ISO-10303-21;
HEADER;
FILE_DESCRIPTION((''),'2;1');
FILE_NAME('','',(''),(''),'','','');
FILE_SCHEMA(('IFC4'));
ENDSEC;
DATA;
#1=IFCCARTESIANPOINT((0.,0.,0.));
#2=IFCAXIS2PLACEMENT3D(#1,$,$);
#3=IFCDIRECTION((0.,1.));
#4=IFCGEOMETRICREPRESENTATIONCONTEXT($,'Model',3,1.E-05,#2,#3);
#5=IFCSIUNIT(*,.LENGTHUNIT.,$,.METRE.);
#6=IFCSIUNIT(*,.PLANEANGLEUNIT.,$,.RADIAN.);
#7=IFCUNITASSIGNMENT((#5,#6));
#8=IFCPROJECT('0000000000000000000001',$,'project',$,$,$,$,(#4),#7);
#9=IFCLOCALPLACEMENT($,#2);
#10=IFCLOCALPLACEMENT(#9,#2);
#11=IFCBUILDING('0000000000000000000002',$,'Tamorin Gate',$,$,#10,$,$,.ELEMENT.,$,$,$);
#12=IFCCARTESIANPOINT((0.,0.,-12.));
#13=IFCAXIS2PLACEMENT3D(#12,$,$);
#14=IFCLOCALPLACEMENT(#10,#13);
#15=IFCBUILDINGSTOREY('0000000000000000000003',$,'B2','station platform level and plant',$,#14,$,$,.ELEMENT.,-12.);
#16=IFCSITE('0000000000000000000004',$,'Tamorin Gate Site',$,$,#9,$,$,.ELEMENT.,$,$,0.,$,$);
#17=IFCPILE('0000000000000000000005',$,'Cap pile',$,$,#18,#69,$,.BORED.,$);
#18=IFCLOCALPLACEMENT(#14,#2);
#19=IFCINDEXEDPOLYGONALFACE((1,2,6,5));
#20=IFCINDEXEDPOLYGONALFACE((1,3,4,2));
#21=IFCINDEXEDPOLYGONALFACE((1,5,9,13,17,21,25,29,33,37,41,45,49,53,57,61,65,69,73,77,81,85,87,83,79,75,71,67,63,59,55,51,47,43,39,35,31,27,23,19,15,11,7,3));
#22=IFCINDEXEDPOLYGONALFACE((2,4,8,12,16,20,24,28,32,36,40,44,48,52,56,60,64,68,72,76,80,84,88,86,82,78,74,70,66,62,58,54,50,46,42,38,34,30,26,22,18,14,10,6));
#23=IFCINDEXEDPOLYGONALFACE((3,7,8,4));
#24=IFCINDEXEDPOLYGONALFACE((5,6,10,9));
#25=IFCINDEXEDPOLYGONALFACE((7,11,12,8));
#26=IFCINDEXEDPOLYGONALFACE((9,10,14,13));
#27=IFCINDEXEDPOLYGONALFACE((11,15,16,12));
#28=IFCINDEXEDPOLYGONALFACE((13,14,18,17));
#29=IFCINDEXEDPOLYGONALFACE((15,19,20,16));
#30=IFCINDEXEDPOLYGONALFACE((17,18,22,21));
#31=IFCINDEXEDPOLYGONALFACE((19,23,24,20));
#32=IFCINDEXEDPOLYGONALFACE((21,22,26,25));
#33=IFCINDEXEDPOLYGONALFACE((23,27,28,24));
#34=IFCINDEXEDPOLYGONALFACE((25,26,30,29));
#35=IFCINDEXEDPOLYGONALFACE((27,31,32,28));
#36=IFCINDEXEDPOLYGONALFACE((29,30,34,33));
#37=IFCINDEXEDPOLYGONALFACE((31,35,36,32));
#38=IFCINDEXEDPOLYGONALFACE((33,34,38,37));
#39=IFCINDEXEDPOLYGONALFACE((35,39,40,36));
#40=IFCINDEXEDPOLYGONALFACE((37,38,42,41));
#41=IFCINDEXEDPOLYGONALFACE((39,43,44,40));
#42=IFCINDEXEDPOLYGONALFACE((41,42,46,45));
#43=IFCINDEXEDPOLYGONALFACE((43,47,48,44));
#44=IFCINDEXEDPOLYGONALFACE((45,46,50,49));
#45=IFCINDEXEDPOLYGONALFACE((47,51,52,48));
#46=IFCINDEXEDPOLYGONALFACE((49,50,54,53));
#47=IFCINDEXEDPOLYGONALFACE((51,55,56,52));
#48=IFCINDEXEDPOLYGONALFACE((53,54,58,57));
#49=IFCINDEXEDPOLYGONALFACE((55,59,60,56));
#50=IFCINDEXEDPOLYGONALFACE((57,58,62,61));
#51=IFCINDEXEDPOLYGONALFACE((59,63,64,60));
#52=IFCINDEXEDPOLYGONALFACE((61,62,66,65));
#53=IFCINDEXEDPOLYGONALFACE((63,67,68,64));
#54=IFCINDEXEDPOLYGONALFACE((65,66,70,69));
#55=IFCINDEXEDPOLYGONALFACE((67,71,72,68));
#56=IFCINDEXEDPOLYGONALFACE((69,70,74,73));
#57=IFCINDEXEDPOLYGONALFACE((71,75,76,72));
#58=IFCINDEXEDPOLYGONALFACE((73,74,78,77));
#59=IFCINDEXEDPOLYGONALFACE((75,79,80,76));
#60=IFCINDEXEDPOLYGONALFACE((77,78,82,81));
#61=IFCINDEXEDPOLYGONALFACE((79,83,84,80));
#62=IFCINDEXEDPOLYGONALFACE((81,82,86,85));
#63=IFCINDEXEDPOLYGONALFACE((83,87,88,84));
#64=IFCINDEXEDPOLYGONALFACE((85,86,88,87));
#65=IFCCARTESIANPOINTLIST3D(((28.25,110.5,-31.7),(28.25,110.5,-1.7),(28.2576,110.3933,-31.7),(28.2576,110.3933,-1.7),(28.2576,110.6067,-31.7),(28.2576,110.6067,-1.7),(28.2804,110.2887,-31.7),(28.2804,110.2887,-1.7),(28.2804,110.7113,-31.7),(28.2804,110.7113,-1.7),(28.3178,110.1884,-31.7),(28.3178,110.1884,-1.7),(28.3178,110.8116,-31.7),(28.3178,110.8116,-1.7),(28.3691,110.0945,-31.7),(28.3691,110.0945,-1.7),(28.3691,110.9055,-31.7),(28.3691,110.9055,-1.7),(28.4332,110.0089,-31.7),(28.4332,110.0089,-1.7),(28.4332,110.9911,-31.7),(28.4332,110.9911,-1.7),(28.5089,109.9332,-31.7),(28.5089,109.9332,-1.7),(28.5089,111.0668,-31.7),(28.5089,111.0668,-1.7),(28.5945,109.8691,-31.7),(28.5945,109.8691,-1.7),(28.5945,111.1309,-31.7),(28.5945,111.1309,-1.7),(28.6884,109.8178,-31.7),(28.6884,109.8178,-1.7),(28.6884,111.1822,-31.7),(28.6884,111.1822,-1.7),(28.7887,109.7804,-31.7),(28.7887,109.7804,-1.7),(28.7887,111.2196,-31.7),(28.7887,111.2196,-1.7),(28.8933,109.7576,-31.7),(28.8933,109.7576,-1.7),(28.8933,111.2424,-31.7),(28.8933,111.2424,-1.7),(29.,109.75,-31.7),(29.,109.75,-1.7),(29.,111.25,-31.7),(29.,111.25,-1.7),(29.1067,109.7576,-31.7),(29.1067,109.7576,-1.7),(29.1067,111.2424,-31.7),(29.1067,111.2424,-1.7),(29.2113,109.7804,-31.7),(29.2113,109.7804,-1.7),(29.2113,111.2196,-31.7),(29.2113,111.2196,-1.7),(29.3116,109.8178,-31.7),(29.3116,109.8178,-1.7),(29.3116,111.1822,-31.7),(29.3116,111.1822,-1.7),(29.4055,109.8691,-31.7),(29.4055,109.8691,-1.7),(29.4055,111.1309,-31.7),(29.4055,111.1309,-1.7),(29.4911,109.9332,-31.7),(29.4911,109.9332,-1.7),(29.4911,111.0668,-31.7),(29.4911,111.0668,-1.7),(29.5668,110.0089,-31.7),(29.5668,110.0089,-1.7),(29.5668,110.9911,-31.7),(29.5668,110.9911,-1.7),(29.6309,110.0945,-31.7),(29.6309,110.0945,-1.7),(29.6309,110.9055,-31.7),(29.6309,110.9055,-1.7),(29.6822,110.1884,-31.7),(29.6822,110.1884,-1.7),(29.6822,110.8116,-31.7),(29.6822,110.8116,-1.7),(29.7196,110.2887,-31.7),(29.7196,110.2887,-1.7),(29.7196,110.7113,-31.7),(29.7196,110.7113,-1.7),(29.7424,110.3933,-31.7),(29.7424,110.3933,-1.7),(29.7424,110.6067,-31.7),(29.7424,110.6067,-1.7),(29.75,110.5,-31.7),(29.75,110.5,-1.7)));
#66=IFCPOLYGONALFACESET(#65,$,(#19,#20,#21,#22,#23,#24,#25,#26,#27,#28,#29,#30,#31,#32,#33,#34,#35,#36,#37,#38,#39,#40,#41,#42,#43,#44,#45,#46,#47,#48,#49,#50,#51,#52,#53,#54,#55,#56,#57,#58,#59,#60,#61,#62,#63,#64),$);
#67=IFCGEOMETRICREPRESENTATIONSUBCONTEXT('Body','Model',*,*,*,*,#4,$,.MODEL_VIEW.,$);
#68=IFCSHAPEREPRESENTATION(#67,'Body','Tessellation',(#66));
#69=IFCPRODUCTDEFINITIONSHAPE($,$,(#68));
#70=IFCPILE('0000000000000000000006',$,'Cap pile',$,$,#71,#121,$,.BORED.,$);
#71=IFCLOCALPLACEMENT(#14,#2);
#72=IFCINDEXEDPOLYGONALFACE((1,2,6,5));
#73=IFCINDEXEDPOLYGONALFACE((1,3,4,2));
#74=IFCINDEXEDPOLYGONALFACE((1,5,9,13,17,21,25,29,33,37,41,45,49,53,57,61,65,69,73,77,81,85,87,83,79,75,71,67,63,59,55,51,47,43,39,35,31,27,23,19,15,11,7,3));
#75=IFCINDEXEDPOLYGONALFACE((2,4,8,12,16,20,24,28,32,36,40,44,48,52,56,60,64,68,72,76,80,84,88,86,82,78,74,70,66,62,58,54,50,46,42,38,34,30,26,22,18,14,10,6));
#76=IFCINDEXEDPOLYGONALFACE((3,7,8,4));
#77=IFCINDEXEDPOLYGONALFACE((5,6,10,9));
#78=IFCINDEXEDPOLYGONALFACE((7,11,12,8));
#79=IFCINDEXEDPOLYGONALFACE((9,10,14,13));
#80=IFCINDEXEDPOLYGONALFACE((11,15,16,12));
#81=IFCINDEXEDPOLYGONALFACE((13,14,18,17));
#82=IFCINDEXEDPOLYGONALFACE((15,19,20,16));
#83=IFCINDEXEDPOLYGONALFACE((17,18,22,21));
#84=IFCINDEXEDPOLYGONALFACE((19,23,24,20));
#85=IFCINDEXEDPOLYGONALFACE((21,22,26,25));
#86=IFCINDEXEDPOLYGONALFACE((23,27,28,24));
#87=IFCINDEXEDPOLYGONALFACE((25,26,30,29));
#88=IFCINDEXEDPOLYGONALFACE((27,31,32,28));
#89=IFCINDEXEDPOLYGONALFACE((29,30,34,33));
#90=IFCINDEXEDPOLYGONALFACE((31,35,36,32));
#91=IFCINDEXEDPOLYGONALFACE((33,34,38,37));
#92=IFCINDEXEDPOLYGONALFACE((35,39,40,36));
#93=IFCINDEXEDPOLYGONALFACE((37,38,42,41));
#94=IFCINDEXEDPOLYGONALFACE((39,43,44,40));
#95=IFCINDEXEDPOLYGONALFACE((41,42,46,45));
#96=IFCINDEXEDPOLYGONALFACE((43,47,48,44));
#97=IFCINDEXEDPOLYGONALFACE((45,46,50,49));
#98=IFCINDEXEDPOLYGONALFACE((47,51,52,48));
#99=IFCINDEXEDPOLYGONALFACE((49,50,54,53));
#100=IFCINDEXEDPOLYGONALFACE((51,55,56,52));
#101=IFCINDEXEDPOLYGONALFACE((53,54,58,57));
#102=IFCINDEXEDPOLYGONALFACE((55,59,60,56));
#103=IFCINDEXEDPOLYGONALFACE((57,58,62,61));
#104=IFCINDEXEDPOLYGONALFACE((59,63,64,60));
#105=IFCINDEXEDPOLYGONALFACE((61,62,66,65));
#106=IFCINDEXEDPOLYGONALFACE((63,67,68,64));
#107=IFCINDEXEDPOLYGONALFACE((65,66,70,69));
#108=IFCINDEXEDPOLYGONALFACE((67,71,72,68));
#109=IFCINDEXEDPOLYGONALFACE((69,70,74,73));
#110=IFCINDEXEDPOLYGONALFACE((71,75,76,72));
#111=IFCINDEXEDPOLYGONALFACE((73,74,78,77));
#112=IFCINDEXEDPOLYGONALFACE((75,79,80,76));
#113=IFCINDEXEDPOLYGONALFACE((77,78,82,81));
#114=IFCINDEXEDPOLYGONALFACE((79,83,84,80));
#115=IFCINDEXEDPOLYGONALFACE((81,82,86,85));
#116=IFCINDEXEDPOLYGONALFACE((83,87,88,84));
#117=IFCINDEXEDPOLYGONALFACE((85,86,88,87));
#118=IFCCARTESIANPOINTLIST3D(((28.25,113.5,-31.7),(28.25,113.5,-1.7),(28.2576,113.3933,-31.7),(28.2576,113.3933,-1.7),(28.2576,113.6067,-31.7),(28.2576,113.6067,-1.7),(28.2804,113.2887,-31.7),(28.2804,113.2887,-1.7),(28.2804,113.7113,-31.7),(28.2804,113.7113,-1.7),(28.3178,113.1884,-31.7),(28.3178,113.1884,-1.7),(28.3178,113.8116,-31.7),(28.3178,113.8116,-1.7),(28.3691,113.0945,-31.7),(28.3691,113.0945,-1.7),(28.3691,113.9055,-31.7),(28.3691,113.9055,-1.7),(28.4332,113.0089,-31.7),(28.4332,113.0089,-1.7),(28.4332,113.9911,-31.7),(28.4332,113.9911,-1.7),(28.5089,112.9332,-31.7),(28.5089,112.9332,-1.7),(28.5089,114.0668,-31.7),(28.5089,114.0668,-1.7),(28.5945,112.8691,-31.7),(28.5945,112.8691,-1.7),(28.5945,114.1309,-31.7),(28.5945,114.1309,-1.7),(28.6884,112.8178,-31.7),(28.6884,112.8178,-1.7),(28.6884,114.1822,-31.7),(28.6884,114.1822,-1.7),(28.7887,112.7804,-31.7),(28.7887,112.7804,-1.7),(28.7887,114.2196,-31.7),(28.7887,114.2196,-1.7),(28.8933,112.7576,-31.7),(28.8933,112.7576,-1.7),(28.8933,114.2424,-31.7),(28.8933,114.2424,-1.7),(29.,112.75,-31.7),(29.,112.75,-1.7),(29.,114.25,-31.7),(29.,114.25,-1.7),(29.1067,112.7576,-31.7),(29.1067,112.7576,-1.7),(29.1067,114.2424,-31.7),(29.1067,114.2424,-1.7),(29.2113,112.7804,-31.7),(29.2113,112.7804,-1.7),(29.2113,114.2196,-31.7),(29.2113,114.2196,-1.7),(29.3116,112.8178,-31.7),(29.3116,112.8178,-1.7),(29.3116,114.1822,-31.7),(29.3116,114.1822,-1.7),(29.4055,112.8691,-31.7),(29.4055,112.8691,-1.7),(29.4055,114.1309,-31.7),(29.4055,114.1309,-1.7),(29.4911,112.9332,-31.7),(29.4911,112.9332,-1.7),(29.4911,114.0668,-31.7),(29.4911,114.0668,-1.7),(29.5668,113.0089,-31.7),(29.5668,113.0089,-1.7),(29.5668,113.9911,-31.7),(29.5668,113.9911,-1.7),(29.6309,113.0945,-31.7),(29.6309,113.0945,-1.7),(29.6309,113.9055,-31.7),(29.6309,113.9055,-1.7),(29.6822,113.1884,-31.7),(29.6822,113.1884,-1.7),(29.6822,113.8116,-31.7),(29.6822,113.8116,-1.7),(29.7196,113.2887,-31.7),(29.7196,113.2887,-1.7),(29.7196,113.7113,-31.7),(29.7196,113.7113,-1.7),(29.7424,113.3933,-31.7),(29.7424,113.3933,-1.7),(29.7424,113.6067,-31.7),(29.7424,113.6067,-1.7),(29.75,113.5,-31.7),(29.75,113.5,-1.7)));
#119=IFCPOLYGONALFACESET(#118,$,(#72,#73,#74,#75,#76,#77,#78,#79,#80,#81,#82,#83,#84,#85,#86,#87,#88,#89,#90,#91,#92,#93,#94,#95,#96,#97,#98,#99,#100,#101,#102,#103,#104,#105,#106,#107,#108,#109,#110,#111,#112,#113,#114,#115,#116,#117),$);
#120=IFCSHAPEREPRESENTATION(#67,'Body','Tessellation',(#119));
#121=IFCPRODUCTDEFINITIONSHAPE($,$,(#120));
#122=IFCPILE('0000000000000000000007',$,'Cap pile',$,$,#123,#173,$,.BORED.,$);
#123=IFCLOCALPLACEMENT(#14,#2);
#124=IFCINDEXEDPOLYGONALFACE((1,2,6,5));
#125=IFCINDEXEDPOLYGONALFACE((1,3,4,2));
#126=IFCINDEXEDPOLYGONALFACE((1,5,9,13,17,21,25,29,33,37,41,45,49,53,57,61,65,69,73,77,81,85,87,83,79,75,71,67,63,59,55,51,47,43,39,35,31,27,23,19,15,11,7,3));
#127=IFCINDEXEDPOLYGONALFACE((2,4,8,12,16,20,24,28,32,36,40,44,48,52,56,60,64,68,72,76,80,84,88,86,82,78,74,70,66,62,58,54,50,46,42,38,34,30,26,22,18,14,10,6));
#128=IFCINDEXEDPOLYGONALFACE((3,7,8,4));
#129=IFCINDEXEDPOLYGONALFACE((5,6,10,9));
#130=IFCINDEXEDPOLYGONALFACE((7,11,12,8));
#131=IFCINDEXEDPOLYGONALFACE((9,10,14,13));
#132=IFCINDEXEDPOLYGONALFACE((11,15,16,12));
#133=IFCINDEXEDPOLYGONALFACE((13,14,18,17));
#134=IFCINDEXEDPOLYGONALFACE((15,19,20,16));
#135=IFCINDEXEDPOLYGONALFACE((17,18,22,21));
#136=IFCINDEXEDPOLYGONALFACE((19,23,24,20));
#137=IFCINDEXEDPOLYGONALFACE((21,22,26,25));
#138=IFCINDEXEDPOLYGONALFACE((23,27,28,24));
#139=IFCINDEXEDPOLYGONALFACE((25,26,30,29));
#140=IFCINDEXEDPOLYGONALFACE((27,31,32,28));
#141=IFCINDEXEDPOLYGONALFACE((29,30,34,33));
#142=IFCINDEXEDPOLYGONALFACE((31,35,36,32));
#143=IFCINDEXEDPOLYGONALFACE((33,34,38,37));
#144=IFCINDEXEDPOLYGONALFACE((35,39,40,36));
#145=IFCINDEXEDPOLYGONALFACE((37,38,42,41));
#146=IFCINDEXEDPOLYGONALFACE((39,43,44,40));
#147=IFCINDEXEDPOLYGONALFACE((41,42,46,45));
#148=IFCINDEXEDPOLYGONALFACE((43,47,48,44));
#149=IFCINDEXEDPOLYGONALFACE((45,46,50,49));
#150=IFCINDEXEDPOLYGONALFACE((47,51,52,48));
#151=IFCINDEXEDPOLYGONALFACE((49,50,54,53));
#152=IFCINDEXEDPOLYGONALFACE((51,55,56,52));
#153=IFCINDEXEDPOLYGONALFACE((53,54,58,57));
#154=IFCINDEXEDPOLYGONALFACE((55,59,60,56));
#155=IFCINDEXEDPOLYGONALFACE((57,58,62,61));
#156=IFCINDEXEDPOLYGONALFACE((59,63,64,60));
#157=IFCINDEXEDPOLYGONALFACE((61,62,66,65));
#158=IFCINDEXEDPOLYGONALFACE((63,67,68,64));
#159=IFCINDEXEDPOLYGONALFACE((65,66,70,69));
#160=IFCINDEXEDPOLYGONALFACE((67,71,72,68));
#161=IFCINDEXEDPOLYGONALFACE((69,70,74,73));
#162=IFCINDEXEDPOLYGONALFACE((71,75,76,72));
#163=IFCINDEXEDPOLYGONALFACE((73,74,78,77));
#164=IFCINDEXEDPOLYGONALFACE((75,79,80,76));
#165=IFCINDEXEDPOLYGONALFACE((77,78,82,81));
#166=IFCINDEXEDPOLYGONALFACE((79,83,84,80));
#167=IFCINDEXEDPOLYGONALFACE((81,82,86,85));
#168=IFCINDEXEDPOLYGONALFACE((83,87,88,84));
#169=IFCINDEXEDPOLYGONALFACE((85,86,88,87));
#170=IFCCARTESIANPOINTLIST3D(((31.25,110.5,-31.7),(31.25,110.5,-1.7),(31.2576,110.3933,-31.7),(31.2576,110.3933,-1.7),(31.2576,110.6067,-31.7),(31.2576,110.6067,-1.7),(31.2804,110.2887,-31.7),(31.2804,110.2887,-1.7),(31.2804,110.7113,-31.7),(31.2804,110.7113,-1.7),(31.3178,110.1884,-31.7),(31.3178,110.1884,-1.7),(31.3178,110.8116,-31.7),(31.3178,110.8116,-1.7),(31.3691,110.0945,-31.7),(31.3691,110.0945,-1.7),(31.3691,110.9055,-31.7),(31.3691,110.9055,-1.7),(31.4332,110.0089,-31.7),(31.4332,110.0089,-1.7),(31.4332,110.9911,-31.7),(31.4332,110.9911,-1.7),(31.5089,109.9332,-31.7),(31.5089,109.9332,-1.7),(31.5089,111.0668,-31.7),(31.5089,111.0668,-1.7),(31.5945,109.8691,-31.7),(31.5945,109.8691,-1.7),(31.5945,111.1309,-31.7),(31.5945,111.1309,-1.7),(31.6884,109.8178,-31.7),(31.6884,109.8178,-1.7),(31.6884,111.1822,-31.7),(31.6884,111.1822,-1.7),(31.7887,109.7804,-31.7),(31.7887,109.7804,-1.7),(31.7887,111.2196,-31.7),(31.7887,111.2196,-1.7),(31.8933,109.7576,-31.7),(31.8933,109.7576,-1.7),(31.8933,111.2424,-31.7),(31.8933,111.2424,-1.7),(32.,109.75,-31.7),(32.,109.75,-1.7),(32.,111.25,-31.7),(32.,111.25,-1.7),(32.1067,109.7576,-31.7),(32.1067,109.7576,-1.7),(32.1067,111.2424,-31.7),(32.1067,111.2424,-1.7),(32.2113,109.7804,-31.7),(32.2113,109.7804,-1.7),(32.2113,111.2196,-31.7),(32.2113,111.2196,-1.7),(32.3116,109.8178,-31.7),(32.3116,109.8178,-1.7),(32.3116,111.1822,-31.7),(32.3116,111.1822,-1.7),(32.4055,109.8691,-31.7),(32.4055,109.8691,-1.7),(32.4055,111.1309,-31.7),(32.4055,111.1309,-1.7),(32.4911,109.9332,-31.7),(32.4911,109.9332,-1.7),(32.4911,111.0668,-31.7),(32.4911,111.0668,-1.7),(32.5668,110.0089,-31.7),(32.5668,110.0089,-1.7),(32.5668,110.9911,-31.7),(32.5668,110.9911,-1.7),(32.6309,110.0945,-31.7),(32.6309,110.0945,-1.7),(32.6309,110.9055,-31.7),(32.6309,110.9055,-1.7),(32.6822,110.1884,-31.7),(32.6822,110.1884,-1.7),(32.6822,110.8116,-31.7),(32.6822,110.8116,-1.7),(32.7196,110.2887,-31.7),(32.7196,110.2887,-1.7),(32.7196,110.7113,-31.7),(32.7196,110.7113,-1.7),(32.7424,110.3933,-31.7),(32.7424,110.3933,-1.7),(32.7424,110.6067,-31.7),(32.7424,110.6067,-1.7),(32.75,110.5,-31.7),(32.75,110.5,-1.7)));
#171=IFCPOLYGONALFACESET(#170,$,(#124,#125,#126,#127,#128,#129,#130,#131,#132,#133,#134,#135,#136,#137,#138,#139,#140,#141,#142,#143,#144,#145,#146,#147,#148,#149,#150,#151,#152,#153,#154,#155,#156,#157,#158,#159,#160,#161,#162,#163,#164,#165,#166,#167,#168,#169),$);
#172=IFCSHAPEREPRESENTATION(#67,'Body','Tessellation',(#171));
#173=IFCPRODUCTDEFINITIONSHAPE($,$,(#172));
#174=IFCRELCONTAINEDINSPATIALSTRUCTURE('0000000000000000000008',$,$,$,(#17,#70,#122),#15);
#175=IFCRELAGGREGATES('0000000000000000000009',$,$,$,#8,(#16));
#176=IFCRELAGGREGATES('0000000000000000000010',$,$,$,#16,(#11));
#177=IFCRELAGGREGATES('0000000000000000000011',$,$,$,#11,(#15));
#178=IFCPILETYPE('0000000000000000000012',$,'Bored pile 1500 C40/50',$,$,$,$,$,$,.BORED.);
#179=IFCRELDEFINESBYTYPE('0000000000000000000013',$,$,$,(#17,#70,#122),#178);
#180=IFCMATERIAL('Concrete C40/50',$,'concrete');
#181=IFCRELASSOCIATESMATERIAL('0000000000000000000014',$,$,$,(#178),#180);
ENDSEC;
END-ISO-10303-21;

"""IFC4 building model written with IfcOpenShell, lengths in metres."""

from ifc_helpers import new_model, si_unit, direction, frame, origin, origin_2d, place, context, subcontext, project, spatial, circle, extrude, material, material_profile, profile_set, type_object, element, save


model = new_model("IFC4")

# Units and contexts
model_context = context("Model", 3, precision=1e-05, world=origin(), true_north=direction((0.0, 1.0)))
body_context = subcontext(model_context, "Body", "Model", "MODEL_VIEW")
ifc_project = project(units=[si_unit("LENGTHUNIT", "METRE"), si_unit("PLANEANGLEUNIT", "RADIAN")], contexts=[model_context])

# Site, building, storey
site_placement = place(None, origin())
site = spatial("IfcSite", under=ifc_project, at=site_placement, Name="Tamorin Gate Site", CompositionType="ELEMENT", RefElevation=0.0)
building_placement = place(site_placement, origin())
building = spatial("IfcBuilding", under=site, at=building_placement, Name="Tamorin Gate", CompositionType="ELEMENT")
storey_placement = place(building_placement, frame((0.0, 0.0, -12.0)))
storey = spatial("IfcBuildingStorey", under=building, at=storey_placement, Name="B2", Description="station platform level and plant", CompositionType="ELEMENT", Elevation=-12.0)

# Piles
ifc_material_1 = material(Name="Concrete C40/50", Category="concrete")
ifc_material_profile_1 = material_profile(ifc_material_1, circle(Radius=0.75, at=origin_2d()))
ifc_profile_set_1 = profile_set([ifc_material_profile_1], Name="Concrete C40/50")
pile_type = type_object("IfcPileType", Name="Bored pile 1500 C40/50", PredefinedType="BORED", material=ifc_profile_set_1)
for number, where, z_axis, x_axis, name in (
    (1, (29.0, 110.5, -1.7), (0.0, 0.0, -1.0), (1.0, 0.0, 0.0), "Cap pile"),
    (2, (29.0, 113.5, -1.7), (0.0, 0.0, -1.0), (1.0, 0.0, 0.0), "Cap pile"),
    (3, (32.0, 110.5, -1.7), (0.0, 0.0, -1.0), (1.0, 0.0, 0.0), "Cap pile"),
):
    element("IfcPile", number, at=place(storey_placement, frame(where, z_axis=z_axis, x_axis=x_axis)), inside=storey, type_object=pile_type, Name=name, PredefinedType="BORED", context=body_context, shape_type="SweptSolid", body=[
        extrude(circle(Radius=0.75, at=origin_2d()), origin(), (0.0, 0.0, 1.0), 30.0),
    ])

save(model, "model.ifc")
